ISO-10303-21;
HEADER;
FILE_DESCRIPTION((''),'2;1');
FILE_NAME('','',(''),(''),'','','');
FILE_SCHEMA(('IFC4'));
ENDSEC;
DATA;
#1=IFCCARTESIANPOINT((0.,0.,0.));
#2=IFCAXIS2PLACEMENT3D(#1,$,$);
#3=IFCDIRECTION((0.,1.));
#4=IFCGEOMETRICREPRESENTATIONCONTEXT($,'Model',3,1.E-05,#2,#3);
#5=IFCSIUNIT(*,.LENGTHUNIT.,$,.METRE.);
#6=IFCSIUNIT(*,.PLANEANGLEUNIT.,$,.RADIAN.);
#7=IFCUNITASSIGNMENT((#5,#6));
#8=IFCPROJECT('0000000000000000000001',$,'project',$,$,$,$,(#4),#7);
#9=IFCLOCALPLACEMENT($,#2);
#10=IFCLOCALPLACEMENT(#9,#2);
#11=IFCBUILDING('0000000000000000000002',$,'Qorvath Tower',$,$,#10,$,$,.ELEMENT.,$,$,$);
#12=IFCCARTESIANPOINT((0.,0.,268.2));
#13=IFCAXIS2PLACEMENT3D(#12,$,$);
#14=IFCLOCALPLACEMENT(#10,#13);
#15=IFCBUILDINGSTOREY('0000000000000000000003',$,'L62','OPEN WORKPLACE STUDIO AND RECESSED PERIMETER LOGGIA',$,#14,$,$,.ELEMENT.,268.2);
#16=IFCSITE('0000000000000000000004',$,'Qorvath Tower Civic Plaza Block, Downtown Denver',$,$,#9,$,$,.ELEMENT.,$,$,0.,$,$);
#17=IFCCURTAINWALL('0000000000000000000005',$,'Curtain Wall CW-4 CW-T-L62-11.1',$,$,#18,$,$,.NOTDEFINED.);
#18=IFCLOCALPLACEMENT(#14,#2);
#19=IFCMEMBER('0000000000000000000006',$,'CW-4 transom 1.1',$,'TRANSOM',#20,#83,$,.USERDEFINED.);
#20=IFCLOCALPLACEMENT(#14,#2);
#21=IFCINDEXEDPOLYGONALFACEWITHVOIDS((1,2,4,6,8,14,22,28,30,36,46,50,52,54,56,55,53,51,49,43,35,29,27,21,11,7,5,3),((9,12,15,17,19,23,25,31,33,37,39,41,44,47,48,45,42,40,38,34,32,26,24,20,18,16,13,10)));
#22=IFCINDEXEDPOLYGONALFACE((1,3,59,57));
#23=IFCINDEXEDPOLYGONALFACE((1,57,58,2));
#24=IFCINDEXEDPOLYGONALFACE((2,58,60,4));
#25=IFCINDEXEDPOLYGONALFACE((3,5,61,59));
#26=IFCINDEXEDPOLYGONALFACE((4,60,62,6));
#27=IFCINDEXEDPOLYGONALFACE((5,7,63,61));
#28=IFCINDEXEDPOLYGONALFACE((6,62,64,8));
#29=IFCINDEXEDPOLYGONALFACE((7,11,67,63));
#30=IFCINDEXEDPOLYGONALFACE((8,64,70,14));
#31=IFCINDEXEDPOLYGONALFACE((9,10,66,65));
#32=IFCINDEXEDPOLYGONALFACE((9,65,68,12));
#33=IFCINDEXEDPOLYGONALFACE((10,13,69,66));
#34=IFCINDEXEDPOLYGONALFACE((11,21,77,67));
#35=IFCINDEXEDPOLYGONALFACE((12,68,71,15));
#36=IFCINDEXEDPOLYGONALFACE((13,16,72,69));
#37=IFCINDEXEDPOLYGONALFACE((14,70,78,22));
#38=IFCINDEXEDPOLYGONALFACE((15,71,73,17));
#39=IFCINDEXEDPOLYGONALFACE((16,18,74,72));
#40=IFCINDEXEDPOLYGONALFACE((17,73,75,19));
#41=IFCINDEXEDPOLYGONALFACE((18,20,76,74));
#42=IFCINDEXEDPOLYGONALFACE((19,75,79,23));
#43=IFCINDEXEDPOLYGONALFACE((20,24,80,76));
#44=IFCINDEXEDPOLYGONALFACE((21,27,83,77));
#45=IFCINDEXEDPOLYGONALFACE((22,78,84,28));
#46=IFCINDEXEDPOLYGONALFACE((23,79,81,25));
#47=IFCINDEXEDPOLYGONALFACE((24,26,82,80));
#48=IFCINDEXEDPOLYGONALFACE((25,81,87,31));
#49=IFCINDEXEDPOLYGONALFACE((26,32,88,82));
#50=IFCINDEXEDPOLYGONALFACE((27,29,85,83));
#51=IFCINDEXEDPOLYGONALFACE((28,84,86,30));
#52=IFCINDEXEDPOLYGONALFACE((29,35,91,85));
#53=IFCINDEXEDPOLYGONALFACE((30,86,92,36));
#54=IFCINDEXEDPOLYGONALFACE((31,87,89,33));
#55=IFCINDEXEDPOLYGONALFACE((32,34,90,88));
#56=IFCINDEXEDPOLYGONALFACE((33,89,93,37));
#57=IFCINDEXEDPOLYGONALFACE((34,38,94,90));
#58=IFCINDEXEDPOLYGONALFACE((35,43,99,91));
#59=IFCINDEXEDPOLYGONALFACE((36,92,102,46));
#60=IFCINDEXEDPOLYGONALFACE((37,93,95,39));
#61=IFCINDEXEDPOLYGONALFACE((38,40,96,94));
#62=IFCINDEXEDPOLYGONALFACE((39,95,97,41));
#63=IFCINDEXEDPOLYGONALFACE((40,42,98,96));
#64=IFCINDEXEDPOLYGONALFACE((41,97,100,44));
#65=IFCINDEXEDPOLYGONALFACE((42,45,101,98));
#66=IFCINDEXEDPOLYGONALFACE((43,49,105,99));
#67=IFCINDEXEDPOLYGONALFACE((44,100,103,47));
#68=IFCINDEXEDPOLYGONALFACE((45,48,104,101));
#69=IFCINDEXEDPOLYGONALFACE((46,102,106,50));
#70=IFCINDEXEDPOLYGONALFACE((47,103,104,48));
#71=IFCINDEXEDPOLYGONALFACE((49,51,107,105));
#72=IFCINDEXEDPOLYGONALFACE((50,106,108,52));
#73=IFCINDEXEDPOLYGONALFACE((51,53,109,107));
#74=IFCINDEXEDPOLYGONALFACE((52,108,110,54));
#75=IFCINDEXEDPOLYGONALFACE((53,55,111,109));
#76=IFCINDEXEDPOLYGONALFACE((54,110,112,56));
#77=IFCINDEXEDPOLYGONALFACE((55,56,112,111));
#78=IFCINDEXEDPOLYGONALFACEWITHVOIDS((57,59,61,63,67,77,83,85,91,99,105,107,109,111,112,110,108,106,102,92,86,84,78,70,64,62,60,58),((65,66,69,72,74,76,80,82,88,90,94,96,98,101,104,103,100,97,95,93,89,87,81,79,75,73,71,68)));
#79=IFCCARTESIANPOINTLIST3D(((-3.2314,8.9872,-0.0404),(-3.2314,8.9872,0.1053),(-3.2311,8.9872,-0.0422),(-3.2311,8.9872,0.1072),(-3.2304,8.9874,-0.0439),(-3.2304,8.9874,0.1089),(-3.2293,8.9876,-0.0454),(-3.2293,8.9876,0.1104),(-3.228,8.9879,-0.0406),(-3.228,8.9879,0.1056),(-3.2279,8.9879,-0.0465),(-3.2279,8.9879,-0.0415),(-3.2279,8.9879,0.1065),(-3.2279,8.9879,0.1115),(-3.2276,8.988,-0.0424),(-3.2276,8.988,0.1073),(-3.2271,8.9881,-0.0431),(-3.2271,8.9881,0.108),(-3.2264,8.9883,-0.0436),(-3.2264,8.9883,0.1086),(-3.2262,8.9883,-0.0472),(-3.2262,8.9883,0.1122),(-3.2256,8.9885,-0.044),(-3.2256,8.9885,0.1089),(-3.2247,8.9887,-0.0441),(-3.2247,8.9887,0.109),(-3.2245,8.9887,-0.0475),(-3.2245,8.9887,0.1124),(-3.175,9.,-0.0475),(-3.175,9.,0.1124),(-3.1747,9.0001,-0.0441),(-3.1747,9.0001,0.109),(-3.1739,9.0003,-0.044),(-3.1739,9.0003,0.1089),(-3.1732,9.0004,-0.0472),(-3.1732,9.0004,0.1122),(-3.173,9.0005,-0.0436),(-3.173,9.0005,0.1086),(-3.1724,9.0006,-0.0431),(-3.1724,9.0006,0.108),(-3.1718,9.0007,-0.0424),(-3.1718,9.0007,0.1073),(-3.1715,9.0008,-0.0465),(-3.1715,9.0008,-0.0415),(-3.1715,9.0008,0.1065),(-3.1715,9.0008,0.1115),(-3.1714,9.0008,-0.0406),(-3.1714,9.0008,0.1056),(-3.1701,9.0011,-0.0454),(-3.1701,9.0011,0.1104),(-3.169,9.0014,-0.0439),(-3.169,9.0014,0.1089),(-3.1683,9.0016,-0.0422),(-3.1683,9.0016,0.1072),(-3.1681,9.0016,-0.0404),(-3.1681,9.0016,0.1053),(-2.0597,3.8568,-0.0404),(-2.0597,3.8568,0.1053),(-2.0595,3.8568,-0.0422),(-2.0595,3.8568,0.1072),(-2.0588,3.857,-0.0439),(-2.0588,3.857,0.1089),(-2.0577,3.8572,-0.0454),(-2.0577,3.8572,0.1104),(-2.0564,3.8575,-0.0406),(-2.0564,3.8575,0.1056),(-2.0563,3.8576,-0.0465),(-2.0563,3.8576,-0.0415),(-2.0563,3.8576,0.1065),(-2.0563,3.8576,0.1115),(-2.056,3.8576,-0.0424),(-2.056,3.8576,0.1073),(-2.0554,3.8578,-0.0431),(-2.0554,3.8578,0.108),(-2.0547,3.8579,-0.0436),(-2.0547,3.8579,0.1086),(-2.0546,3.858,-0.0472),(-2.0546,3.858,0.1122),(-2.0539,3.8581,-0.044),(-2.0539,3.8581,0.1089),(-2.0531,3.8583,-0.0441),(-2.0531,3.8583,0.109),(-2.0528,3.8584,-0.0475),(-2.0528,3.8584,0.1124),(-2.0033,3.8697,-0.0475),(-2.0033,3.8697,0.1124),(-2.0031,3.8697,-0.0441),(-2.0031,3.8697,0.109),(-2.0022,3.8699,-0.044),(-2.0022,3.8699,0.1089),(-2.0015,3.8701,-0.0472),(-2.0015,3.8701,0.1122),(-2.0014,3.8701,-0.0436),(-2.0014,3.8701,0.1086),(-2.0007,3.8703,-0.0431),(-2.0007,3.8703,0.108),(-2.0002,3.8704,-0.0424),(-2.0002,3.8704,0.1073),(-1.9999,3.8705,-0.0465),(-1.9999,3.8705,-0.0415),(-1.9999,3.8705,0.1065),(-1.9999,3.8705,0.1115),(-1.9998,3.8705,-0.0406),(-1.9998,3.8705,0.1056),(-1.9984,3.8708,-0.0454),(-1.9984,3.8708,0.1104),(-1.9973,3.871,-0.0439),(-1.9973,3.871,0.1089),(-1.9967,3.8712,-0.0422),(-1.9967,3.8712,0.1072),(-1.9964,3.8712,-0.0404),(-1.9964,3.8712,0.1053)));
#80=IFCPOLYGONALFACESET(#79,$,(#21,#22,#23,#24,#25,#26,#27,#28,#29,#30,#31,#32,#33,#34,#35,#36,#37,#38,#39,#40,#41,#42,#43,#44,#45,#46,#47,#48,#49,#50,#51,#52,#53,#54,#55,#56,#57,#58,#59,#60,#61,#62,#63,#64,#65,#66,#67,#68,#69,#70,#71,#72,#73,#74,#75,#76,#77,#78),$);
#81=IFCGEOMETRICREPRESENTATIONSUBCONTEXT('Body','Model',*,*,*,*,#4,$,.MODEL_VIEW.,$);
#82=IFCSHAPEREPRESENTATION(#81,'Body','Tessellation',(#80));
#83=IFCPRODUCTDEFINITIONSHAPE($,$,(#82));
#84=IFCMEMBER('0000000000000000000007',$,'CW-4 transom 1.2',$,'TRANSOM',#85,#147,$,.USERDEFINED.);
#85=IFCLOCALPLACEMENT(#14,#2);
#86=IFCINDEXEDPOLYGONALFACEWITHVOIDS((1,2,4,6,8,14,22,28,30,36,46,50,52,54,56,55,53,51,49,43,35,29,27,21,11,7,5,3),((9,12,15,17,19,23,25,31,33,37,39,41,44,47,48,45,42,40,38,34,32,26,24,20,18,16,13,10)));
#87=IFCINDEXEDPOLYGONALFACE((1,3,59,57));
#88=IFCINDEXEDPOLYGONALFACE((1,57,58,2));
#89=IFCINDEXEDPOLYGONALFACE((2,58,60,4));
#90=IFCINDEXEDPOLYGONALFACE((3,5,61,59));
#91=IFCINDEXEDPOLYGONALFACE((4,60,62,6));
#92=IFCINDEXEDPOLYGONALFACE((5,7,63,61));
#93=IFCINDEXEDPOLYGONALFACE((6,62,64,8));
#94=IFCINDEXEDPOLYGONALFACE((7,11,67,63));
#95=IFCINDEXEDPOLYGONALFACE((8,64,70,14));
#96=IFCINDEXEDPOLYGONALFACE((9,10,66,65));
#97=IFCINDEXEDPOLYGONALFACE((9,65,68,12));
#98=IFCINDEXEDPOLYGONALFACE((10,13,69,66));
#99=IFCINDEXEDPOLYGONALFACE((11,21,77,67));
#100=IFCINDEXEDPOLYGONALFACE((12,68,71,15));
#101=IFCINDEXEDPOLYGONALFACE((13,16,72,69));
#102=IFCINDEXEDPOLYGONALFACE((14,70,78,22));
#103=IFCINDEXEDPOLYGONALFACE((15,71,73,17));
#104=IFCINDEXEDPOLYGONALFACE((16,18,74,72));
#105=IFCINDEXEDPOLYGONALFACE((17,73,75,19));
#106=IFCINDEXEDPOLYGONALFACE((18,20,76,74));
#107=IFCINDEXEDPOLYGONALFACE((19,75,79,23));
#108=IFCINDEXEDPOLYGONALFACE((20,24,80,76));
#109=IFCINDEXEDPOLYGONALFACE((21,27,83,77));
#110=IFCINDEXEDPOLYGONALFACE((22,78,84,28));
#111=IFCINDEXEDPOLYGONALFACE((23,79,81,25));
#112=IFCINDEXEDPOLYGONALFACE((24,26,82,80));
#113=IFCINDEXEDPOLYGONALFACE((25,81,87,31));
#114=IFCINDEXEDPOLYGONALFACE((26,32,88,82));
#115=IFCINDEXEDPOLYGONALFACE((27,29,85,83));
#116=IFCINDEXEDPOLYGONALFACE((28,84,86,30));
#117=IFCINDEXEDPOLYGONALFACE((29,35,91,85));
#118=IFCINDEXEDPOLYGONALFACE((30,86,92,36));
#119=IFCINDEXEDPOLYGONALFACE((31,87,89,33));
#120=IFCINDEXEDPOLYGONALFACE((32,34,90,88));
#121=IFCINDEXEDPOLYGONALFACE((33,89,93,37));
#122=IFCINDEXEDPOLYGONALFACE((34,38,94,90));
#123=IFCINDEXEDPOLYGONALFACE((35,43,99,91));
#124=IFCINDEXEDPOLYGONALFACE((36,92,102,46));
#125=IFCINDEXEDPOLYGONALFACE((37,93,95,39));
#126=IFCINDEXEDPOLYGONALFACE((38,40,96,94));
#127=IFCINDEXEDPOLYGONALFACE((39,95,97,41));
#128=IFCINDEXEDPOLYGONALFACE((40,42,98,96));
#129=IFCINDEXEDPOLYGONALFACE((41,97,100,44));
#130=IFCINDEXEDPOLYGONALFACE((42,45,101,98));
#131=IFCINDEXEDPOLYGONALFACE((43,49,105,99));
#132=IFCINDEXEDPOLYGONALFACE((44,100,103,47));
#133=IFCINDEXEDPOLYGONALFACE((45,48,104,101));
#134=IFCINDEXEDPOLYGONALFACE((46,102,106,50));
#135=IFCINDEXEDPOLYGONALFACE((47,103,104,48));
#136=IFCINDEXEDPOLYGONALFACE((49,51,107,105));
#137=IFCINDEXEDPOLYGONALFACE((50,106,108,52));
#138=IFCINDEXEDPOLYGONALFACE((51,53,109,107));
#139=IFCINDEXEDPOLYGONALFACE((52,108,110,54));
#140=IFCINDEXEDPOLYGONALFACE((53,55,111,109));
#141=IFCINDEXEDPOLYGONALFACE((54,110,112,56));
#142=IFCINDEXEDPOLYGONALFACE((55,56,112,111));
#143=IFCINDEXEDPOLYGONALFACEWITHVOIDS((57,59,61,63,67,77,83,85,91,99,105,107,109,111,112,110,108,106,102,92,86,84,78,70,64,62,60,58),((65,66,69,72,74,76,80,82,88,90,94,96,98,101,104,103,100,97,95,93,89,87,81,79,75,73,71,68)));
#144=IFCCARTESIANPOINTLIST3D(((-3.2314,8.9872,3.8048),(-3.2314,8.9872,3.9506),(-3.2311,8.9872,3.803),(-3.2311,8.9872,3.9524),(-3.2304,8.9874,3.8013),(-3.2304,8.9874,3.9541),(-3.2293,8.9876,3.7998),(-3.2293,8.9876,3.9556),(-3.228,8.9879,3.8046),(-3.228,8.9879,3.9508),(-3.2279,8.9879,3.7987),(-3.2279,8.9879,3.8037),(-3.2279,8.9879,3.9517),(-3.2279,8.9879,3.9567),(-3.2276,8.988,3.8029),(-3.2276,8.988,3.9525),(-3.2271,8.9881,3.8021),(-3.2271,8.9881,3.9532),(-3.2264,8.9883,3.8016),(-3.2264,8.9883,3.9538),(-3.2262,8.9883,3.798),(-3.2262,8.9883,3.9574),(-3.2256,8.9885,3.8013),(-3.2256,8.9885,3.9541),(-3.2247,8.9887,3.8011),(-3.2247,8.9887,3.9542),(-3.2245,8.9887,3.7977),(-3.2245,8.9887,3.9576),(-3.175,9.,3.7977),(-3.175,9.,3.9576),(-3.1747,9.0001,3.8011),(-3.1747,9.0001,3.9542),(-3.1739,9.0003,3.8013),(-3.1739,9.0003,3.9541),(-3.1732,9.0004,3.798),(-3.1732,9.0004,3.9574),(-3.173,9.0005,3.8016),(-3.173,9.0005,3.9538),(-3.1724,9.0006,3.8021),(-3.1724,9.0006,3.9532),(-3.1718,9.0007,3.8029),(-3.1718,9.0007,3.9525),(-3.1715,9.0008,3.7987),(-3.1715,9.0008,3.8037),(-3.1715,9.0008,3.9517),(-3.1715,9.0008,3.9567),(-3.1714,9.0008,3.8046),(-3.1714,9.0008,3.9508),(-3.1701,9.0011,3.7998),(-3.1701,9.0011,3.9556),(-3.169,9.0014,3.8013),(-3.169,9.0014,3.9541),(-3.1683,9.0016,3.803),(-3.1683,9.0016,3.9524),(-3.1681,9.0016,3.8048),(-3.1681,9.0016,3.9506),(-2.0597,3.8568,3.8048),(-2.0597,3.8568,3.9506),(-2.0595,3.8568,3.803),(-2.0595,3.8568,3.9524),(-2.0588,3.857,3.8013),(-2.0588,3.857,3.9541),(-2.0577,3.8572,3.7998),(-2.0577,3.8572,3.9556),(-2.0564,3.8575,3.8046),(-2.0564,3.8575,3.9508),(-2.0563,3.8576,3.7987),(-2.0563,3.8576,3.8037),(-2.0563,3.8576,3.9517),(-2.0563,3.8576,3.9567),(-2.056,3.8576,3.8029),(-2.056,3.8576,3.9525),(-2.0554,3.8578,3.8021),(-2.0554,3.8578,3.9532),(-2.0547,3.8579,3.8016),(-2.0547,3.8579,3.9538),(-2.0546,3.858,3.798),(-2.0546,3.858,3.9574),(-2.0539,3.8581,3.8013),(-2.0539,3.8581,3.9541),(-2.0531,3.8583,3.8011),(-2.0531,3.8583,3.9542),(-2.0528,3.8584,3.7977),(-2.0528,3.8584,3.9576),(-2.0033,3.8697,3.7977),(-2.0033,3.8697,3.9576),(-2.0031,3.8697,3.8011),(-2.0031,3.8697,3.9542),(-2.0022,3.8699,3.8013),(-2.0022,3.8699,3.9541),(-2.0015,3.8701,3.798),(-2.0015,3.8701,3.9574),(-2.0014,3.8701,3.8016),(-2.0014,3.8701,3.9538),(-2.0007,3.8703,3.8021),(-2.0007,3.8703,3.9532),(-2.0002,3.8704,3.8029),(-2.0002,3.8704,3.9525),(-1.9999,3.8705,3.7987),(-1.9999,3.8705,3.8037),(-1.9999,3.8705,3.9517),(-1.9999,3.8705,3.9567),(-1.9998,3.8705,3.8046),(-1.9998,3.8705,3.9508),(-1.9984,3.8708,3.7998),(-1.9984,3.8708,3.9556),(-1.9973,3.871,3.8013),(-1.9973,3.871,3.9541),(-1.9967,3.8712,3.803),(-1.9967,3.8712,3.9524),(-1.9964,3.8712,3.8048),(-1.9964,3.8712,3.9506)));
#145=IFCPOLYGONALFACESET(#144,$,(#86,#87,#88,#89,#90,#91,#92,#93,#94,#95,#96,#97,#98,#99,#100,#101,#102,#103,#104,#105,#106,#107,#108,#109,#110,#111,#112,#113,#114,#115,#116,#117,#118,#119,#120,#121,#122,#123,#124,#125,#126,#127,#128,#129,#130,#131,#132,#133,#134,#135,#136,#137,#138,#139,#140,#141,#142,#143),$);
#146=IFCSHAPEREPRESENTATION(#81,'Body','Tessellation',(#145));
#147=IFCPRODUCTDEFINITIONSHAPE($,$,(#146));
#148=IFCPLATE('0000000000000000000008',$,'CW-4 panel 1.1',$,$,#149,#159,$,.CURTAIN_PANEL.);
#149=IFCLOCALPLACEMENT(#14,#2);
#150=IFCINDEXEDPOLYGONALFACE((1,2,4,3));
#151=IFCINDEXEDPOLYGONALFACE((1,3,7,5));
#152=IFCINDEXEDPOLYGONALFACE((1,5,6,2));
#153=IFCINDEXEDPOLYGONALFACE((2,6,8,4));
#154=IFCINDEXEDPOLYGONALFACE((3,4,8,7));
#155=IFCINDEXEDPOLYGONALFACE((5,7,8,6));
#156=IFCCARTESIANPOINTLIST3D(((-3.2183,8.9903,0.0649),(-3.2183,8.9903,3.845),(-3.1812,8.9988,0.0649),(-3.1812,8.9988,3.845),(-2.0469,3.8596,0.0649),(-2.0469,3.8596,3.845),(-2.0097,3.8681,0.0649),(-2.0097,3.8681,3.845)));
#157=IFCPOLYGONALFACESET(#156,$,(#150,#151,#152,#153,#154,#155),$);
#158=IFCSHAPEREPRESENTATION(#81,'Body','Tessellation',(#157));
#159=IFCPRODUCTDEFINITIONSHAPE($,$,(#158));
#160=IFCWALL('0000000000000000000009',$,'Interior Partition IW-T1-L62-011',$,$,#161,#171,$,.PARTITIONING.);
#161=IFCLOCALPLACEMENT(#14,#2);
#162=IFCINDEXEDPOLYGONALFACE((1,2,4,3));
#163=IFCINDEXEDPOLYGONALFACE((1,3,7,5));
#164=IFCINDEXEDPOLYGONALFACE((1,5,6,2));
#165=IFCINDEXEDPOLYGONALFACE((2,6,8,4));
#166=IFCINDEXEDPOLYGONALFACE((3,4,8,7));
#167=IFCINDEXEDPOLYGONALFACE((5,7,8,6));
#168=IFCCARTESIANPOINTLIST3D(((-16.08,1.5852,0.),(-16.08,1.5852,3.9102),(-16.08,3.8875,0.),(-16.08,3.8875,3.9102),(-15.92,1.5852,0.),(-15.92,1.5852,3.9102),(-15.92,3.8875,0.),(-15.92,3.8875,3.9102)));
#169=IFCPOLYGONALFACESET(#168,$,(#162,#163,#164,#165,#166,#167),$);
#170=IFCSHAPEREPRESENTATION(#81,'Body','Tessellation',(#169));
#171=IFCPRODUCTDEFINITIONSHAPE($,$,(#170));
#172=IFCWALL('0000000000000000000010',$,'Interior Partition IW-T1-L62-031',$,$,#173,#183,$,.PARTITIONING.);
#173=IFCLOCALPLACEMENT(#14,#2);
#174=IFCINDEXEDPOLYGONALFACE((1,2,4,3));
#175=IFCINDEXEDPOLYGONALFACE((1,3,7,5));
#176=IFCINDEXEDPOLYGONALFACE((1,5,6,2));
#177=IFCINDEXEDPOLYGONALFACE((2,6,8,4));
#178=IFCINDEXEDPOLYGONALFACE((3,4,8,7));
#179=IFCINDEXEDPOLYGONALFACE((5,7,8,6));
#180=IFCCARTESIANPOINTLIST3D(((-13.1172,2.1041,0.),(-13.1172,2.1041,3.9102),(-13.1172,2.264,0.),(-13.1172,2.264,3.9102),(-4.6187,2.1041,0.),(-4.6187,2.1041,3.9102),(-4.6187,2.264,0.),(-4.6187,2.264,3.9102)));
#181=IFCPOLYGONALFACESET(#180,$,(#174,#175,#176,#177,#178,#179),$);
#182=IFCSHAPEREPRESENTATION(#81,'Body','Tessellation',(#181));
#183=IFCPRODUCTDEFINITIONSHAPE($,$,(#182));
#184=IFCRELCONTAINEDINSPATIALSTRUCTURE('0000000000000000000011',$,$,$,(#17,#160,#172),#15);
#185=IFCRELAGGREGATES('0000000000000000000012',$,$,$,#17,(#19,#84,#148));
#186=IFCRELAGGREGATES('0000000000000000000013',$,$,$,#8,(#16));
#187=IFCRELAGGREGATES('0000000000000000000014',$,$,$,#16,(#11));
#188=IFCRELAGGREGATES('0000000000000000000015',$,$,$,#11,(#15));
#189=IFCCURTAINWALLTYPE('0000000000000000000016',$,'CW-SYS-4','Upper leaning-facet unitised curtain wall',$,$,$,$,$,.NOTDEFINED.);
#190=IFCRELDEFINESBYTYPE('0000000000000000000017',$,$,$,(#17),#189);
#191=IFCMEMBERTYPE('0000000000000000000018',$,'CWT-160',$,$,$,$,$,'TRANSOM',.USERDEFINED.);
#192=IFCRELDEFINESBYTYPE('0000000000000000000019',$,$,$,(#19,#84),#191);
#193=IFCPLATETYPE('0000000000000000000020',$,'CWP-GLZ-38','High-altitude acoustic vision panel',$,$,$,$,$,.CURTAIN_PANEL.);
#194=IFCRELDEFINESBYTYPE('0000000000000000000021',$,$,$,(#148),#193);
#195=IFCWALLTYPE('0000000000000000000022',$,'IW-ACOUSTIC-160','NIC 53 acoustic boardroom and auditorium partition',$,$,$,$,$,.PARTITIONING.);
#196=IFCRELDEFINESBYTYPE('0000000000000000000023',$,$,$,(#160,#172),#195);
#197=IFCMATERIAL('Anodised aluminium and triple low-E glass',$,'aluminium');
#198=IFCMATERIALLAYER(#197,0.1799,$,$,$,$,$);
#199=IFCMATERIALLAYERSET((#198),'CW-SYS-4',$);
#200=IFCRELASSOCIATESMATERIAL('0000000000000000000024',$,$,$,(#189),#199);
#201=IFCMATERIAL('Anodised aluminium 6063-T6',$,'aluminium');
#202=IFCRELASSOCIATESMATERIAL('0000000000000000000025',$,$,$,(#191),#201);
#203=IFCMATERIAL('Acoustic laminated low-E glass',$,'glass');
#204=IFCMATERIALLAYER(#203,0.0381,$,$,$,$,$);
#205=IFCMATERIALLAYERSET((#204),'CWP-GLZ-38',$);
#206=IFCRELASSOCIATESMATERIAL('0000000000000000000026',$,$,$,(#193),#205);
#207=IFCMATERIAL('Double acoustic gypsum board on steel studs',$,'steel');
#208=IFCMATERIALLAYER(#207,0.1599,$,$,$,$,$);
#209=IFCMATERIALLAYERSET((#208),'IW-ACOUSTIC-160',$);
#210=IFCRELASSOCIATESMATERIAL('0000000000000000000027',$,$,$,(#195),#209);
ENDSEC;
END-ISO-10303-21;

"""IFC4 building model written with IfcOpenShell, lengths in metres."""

from ifc_helpers import new_model, si_unit, direction, frame, frame_2d, origin, origin_2d, place, context, subcontext, project, spatial, rectangle, hollow_rectangle, extrude, material, layer, layer_set, material_profile, profile_set, type_object, element, aggregate, save


model = new_model("IFC4")

# Units and contexts
model_context = context("Model", 3, precision=1e-05, world=origin(), true_north=direction((0.0, 1.0)))
body_context = subcontext(model_context, "Body", "Model", "MODEL_VIEW")
ifc_project = project(units=[si_unit("LENGTHUNIT", "METRE"), si_unit("PLANEANGLEUNIT", "RADIAN")], contexts=[model_context])

# Site, building, storey
site_placement = place(None, origin())
site = spatial("IfcSite", under=ifc_project, at=site_placement, Name="Qorvath Tower Civic Plaza Block, Downtown Denver", CompositionType="ELEMENT", RefElevation=0.0)
building_placement = place(site_placement, origin())
building = spatial("IfcBuilding", under=site, at=building_placement, Name="Qorvath Tower", CompositionType="ELEMENT")
storey_placement = place(building_placement, frame((0.0, 0.0, 268.2)))
storey = spatial("IfcBuildingStorey", under=building, at=storey_placement, Name="L62", Description="OPEN WORKPLACE STUDIO AND RECESSED PERIMETER LOGGIA", CompositionType="ELEMENT", Elevation=268.2)

# Shared definitions
ifc_material_1 = material(Name="Anodised aluminium and triple low-E glass", Category="aluminium")
ifc_layer_1 = layer(ifc_material_1, 0.1799)
ifc_layer_set_1 = layer_set([ifc_layer_1], Name="CW-SYS-4")
curtain_wall_type = type_object("IfcCurtainWallType", Name="CW-SYS-4", Description="Upper leaning-facet unitised curtain wall", PredefinedType="NOTDEFINED", material=ifc_layer_set_1)

# Curtain wall, members, plate
curtain_wall_1_placement = place(storey_placement, origin())
curtain_wall_1 = element("IfcCurtainWall", 1, at=curtain_wall_1_placement, inside=storey, type_object=curtain_wall_type, Name="Curtain Wall CW-4 CW-T-L62-11.1", PredefinedType="NOTDEFINED")
ifc_material_2 = material(Name="Anodised aluminium 6063-T6", Category="aluminium")
ifc_material_profile_1 = material_profile(ifc_material_2, hollow_rectangle(XDim=0.0649, YDim=0.1599, WallThickness=0.0034, InnerFilletRadius=0.0034, OuterFilletRadius=0.0071, at=origin_2d()), Name="CWT 160x65")
ifc_profile_set_1 = profile_set([ifc_material_profile_1], Name="Anodised aluminium 6063-T6")
member_type_1 = type_object("IfcMemberType", Name="CWT-160", ElementType="TRANSOM", PredefinedType="USERDEFINED", material=ifc_profile_set_1)
member_1_placement = place(storey_placement, frame((-2.0281, 3.864, 0.0325), z_axis=(-0.22264, 0.974901, 0.0), x_axis=(-0.974901, -0.22264, 0.0)))
member_1 = element("IfcMember", 2, at=member_1_placement, type_object=member_type_1, Name="CW-4 transom 1.1", ObjectType="TRANSOM", PredefinedType="USERDEFINED", context=body_context, shape_type="SweptSolid", body=[
    extrude(hollow_rectangle(XDim=0.0649, YDim=0.1599, WallThickness=0.0034, InnerFilletRadius=0.0034, OuterFilletRadius=0.0071, at=origin_2d()), origin(), (0.0, 0.0, 1.0), 5.2625),
])
member_2_placement = place(storey_placement, frame((-2.0281, 3.864, 3.8777), z_axis=(-0.22264, 0.974901, 0.0), x_axis=(-0.974901, -0.22264, 0.0)))
member_2 = element("IfcMember", 3, at=member_2_placement, type_object=member_type_1, Name="CW-4 transom 1.2", ObjectType="TRANSOM", PredefinedType="USERDEFINED", context=body_context, shape_type="SweptSolid", body=[
    extrude(hollow_rectangle(XDim=0.0649, YDim=0.1599, WallThickness=0.0034, InnerFilletRadius=0.0034, OuterFilletRadius=0.0071, at=origin_2d()), origin(), (0.0, 0.0, 1.0), 5.2625),
])
ifc_material_3 = material(Name="Acoustic laminated low-E glass", Category="glass")
ifc_layer_2 = layer(ifc_material_3, 0.0381)
ifc_layer_set_2 = layer_set([ifc_layer_2], Name="CWP-GLZ-38")
plate_type = type_object("IfcPlateType", Name="CWP-GLZ-38", Description="High-altitude acoustic vision panel", PredefinedType="CURTAIN_PANEL", material=ifc_layer_set_2)
plate_placement = place(storey_placement, frame((-2.614, 6.4292, 0.0649), z_axis=(0.0, 0.0, 1.0), x_axis=(-0.222592, 0.974912, 0.0)))
plate = element("IfcPlate", 4, at=plate_placement, type_object=plate_type, Name="CW-4 panel 1.1", PredefinedType="CURTAIN_PANEL", context=body_context, shape_type="SweptSolid", body=[
    extrude(rectangle(XDim=5.2627, YDim=0.0381, at=origin_2d()), origin(), (0.0, 0.0, 1.0), 3.78),
])
aggregate(curtain_wall_1, [member_1, member_2, plate])

# Walls
ifc_material_4 = material(Name="Double acoustic gypsum board on steel studs", Category="steel")
ifc_layer_3 = layer(ifc_material_4, 0.1599)
ifc_layer_set_3 = layer_set([ifc_layer_3], Name="IW-ACOUSTIC-160")
wall_type_1 = type_object("IfcWallType", Name="IW-ACOUSTIC-160", Description="NIC 53 acoustic boardroom and auditorium partition", PredefinedType="PARTITIONING", material=ifc_layer_set_3)
wall_1_placement = place(storey_placement, frame((-16.0, 1.5852, 0.0), z_axis=(0.0, 0.0, 1.0), x_axis=(0.0, 1.0, 0.0)))
element("IfcWall", 5, at=wall_1_placement, inside=storey, type_object=wall_type_1, Name="Interior Partition IW-T1-L62-011", PredefinedType="PARTITIONING", context=body_context, shape_type="SweptSolid", body=[
    extrude(rectangle(XDim=2.3022, YDim=0.1599, at=frame_2d((1.1511, 0.0))), origin(), (0.0, 0.0, 1.0), 3.9102),
])
wall_2_placement = place(storey_placement, frame((-4.6187, 2.1841, 0.0), z_axis=(0.0, 0.0, 1.0), x_axis=(-1.0, 0.0, 0.0)))
element("IfcWall", 6, at=wall_2_placement, inside=storey, type_object=wall_type_1, Name="Interior Partition IW-T1-L62-031", PredefinedType="PARTITIONING", context=body_context, shape_type="SweptSolid", body=[
    extrude(rectangle(XDim=8.4985, YDim=0.1599, at=frame_2d((4.2493, 0.0))), origin(), (0.0, 0.0, 1.0), 3.9102),
])

save(model, "model.ifc")
